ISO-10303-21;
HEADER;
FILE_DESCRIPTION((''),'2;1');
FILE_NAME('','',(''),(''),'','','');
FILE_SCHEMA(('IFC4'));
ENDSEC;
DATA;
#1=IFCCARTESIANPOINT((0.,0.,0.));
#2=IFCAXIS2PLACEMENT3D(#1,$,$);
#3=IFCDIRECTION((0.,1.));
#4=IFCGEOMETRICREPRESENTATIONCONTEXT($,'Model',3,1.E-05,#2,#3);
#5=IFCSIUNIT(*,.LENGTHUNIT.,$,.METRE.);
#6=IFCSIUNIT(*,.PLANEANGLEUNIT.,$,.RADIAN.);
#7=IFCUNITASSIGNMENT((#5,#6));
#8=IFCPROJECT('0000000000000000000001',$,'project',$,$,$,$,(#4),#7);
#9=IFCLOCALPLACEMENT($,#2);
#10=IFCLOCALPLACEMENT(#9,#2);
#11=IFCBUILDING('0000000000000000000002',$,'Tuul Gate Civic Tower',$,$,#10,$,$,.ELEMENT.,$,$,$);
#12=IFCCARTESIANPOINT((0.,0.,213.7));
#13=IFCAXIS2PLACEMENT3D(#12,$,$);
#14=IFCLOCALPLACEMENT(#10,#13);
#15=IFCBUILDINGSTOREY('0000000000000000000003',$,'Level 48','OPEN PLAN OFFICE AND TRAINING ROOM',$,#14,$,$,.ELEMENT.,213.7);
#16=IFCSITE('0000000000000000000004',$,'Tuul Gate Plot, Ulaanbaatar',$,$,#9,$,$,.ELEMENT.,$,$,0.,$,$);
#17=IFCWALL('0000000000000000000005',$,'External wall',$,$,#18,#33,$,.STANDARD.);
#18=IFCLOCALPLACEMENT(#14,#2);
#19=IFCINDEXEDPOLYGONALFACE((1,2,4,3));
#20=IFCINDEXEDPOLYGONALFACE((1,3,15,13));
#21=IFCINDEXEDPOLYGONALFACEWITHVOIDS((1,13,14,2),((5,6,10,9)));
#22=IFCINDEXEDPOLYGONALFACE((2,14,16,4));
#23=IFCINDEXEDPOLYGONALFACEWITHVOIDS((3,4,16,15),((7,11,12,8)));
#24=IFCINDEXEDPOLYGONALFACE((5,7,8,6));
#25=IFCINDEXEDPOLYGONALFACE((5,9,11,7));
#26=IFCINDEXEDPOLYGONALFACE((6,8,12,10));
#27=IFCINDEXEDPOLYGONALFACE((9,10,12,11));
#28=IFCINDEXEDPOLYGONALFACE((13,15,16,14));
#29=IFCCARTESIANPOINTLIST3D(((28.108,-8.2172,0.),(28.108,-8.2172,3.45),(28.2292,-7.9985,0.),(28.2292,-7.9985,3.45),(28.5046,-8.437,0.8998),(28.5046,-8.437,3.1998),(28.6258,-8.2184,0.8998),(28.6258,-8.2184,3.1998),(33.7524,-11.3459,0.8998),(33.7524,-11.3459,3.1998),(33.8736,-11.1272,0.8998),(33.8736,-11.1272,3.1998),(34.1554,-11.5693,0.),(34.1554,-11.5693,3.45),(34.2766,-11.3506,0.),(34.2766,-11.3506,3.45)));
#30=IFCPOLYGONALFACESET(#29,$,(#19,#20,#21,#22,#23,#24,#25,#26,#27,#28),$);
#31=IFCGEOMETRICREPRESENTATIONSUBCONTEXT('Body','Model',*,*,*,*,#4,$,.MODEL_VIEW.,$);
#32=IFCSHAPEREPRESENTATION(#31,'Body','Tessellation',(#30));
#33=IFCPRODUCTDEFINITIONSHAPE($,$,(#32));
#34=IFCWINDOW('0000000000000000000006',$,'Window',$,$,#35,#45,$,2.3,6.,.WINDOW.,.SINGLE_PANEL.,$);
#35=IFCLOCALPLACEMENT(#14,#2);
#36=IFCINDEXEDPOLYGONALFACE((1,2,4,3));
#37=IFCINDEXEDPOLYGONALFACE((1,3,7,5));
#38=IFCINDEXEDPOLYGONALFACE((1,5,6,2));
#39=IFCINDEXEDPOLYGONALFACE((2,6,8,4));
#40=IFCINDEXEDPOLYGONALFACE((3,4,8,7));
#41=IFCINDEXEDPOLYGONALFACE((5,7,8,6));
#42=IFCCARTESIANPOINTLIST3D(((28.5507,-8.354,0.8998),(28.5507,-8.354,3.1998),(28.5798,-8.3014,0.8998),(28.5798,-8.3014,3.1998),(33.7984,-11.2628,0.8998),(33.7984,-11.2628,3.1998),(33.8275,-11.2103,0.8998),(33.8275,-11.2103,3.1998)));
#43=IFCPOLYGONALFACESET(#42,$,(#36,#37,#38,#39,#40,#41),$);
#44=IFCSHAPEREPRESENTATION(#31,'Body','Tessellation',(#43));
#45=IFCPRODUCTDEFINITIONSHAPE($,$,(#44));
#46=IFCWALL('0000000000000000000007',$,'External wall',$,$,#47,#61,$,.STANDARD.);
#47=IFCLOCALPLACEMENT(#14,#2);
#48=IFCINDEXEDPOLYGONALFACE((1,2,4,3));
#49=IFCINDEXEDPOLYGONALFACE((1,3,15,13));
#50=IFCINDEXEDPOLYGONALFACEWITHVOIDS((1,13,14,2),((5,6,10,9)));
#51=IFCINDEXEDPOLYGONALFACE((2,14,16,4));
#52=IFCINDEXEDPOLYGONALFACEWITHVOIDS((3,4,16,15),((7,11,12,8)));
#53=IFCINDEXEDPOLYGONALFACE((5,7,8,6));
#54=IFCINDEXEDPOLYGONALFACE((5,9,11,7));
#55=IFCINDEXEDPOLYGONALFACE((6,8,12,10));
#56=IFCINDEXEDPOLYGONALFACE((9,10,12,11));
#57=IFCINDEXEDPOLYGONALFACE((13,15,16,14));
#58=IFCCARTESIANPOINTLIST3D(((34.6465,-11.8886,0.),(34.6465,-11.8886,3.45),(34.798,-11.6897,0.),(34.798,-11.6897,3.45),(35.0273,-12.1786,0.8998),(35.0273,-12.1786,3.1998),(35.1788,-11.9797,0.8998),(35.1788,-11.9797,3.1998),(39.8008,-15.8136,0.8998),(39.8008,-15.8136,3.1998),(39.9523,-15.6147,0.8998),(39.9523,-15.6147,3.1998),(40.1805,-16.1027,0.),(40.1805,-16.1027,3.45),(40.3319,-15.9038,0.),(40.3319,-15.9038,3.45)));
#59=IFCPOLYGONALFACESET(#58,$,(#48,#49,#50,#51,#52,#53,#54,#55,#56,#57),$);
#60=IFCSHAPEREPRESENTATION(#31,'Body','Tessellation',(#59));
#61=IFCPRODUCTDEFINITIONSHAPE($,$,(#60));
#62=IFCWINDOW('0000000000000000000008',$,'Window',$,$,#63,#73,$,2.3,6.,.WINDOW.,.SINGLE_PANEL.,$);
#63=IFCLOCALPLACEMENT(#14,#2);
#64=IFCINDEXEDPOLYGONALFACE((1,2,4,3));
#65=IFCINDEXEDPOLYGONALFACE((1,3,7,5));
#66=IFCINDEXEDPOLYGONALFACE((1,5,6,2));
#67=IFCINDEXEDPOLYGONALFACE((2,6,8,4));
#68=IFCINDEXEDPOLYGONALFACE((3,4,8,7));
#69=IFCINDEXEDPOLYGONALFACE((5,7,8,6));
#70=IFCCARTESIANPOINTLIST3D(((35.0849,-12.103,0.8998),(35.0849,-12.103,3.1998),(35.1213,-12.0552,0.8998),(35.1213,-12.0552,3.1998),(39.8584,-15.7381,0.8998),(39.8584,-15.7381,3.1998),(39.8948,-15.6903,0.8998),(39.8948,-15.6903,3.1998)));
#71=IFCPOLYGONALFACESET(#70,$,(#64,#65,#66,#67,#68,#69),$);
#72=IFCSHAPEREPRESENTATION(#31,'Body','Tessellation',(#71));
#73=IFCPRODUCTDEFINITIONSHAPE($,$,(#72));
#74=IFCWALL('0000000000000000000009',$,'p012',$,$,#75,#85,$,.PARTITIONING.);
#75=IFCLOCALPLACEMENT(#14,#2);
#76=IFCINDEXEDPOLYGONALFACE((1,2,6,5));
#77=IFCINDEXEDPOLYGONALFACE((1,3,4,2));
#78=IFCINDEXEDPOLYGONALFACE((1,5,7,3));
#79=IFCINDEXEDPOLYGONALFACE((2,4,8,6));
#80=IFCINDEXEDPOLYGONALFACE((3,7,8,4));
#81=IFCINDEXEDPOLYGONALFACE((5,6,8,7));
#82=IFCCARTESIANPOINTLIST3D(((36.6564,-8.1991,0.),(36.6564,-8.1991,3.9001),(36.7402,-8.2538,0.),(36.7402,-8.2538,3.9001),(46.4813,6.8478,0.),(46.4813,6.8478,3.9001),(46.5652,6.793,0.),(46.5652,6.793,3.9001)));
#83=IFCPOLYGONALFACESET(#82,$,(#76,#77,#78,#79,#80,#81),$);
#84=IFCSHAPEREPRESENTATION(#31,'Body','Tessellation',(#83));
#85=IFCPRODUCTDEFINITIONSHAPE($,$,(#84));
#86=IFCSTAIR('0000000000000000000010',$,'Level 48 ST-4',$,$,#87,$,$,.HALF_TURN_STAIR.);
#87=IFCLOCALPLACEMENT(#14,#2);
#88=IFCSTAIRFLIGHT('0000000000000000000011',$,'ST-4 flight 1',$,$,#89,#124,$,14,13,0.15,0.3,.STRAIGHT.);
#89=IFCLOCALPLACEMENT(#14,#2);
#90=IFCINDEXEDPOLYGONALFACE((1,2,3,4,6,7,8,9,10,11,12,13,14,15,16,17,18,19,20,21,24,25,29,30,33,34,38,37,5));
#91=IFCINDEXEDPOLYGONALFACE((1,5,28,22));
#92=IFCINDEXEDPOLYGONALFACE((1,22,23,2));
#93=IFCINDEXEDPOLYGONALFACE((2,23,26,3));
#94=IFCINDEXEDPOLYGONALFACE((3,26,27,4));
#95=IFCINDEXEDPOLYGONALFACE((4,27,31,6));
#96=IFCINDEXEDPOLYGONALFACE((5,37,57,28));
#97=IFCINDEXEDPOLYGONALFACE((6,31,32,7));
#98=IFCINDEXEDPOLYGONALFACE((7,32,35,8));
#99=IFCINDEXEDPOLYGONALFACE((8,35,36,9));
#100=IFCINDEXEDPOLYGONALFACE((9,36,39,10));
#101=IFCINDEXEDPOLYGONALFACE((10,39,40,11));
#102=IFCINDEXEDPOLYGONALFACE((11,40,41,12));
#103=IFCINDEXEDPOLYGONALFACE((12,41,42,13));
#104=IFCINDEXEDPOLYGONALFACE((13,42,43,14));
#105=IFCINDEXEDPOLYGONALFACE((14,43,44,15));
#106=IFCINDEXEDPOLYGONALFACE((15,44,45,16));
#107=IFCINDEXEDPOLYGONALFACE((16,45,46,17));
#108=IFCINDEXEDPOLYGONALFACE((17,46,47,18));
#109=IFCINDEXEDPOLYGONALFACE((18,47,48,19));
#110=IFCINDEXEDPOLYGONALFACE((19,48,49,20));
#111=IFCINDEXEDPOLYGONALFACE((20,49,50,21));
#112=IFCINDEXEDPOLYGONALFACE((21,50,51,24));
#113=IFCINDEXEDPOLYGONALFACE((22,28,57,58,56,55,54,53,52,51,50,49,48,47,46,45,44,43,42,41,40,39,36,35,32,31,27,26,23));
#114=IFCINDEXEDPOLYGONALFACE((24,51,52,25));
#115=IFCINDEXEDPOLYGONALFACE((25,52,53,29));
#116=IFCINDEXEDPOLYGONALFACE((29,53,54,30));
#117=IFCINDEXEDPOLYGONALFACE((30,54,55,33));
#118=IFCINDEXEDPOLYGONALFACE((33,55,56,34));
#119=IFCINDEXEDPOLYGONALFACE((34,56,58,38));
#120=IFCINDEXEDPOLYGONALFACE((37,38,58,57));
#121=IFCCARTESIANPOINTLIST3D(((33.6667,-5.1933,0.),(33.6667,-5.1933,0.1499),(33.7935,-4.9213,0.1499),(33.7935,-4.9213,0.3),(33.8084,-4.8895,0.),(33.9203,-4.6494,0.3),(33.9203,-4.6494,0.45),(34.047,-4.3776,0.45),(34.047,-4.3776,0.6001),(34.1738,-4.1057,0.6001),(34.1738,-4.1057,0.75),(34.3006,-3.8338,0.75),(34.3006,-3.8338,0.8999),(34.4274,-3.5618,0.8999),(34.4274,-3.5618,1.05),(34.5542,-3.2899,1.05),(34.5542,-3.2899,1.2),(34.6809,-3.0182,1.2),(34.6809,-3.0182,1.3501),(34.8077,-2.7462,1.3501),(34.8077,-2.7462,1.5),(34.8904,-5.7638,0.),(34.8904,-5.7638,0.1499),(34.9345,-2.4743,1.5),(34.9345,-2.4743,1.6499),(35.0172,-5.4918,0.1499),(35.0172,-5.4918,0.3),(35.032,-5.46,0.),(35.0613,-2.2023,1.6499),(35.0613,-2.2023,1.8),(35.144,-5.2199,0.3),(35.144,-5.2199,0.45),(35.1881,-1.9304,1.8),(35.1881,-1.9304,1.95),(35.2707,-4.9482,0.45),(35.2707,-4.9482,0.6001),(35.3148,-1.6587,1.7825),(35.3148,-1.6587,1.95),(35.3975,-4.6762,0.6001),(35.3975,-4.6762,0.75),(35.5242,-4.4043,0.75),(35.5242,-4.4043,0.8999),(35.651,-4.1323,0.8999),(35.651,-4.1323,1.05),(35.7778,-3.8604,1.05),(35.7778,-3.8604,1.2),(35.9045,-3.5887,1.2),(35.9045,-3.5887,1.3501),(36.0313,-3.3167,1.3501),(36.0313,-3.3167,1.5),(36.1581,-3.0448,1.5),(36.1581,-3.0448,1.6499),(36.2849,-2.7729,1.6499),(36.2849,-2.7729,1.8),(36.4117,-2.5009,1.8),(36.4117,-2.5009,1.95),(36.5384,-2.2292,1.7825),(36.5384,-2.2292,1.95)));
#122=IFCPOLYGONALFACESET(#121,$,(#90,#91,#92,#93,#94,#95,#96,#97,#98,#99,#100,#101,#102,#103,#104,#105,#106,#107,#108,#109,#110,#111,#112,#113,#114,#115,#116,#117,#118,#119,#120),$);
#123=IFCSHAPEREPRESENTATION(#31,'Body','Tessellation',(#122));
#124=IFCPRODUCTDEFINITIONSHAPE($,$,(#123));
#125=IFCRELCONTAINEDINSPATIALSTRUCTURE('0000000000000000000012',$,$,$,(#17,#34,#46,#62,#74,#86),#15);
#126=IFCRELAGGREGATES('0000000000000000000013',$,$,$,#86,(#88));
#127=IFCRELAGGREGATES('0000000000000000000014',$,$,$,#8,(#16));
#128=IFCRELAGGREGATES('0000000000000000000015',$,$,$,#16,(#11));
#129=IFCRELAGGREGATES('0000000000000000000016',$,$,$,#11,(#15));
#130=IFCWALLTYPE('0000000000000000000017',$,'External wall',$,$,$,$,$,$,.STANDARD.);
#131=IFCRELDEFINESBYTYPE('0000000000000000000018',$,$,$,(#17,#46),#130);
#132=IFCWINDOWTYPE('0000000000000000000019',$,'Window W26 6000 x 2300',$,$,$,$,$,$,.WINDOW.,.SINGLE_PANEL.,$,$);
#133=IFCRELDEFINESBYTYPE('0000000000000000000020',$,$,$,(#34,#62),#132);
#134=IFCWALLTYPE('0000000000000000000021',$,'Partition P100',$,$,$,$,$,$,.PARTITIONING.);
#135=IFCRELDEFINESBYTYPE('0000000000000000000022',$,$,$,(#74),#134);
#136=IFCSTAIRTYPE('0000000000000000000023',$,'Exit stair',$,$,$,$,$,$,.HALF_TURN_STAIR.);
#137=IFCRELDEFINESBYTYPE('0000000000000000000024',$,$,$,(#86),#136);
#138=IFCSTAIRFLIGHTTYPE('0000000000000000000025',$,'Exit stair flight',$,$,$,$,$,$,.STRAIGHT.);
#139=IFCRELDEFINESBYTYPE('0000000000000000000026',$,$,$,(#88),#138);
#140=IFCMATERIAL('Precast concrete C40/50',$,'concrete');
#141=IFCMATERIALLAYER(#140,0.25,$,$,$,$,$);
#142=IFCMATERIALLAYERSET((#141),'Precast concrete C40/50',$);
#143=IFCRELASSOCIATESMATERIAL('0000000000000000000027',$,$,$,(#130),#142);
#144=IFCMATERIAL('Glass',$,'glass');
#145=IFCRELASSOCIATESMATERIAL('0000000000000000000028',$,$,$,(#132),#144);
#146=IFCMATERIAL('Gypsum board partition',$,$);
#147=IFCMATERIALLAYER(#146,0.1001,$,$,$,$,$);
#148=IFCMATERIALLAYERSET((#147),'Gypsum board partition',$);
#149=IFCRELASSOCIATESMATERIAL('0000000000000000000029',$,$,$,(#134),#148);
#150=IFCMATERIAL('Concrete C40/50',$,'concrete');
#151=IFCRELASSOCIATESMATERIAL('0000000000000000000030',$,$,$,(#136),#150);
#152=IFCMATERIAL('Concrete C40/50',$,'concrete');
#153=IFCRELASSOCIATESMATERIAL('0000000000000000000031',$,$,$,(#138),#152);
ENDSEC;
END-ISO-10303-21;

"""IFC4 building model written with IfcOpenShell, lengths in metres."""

from ifc_helpers import new_model, si_unit, direction, frame, frame_2d, origin, place, context, subcontext, project, spatial, polyline, rectangle, outline, extrude, material, layer, layer_set, type_object, element, fill, aggregate, save


model = new_model("IFC4")

# Units and contexts
model_context = context("Model", 3, precision=1e-05, world=origin(), true_north=direction((0.0, 1.0)))
body_context = subcontext(model_context, "Body", "Model", "MODEL_VIEW")
ifc_project = project(units=[si_unit("LENGTHUNIT", "METRE"), si_unit("PLANEANGLEUNIT", "RADIAN")], contexts=[model_context])

# Site, building, storey
site_placement = place(None, origin())
site = spatial("IfcSite", under=ifc_project, at=site_placement, Name="Tuul Gate Plot, Ulaanbaatar", CompositionType="ELEMENT", RefElevation=0.0)
building_placement = place(site_placement, origin())
building = spatial("IfcBuilding", under=site, at=building_placement, Name="Tuul Gate Civic Tower", CompositionType="ELEMENT")
storey_placement = place(building_placement, frame((0.0, 0.0, 213.7)))
storey = spatial("IfcBuildingStorey", under=building, at=storey_placement, Name="Level 48", Description="OPEN PLAN OFFICE AND TRAINING ROOM", CompositionType="ELEMENT", Elevation=213.7)

# Walls, openings, windows
ifc_material_1 = material(Name="Precast concrete C40/50", Category="concrete")
ifc_layer_1 = layer(ifc_material_1, 0.25)
ifc_layer_set_1 = layer_set([ifc_layer_1], Name="Precast concrete C40/50")
wall_type_1 = type_object("IfcWallType", Name="External wall", PredefinedType="STANDARD", material=ifc_layer_set_1)
wall_1_placement = place(storey_placement, frame((28.1687, -8.1079, 0.0), z_axis=(0.0, 0.0, 1.0), x_axis=(0.874623, -0.484803, 0.0)))
wall_1 = element("IfcWall", 1, at=wall_1_placement, inside=storey, type_object=wall_type_1, Name="External wall", PredefinedType="STANDARD", context=body_context, shape_type="SweptSolid", body=[
    extrude(rectangle(XDim=6.9143, YDim=0.25, at=frame_2d((3.457, 0.0))), origin(), (0.0, 0.0, 1.0), 3.45),
])
opening_1_placement = place(wall_1_placement, frame((0.4534, 0.0, 0.8999)))
opening_1 = element("IfcOpeningElement", 2, at=opening_1_placement, cuts=wall_1, PredefinedType="OPENING", context=body_context, shape_type="SweptSolid", body=[
    extrude(rectangle(XDim=6.0, YDim=2.3, at=frame_2d((3.0, 1.1499))), frame((0.0, 0.135, 0.0), z_axis=(0.0, -1.0, 0.0), x_axis=(1.0, 0.0, 0.0)), (0.0, 0.0, 1.0), 0.27),
])
ifc_material_2 = material(Name="Glass", Category="glass")
window_type = type_object("IfcWindowType", Name="Window W26 6000 x 2300", PartitioningType="SINGLE_PANEL", PredefinedType="WINDOW", material=ifc_material_2)
window_1_placement = place(opening_1_placement, origin())
window_1 = element("IfcWindow", 3, at=window_1_placement, inside=storey, type_object=window_type, Name="Window", OverallHeight=2.3, OverallWidth=6.0, PartitioningType="SINGLE_PANEL", PredefinedType="WINDOW", context=body_context, shape_type="SweptSolid", body=[
    extrude(rectangle(XDim=6.0, YDim=2.3, at=frame_2d((3.0, 1.1499))), frame((0.0, 0.03, 0.0), z_axis=(0.0, -1.0, 0.0), x_axis=(1.0, 0.0, 0.0)), (0.0, 0.0, 1.0), 0.0601),
])
fill(opening_1, window_1)
wall_2_placement = place(storey_placement, frame((34.7222, -11.7891, 0.0), z_axis=(0.0, 0.0, 1.0), x_axis=(0.795586, -0.605841, 0.0)))
wall_2 = element("IfcWall", 4, at=wall_2_placement, inside=storey, type_object=wall_type_1, Name="External wall", PredefinedType="STANDARD", context=body_context, shape_type="SweptSolid", body=[
    extrude(rectangle(XDim=6.9558, YDim=0.25, at=frame_2d((3.478, 0.0))), origin(), (0.0, 0.0, 1.0), 3.45),
])
opening_2_placement = place(wall_2_placement, frame((0.4788, 0.0, 0.8999)))
opening_2 = element("IfcOpeningElement", 5, at=opening_2_placement, cuts=wall_2, PredefinedType="OPENING", context=body_context, shape_type="SweptSolid", body=[
    extrude(rectangle(XDim=6.0, YDim=2.3, at=frame_2d((3.0, 1.1499))), frame((0.0, 0.135, 0.0), z_axis=(0.0, -1.0, 0.0), x_axis=(1.0, 0.0, 0.0)), (0.0, 0.0, 1.0), 0.27),
])
window_2_placement = place(opening_2_placement, origin())
window_2 = element("IfcWindow", 6, at=window_2_placement, inside=storey, type_object=window_type, Name="Window", OverallHeight=2.3, OverallWidth=6.0, PartitioningType="SINGLE_PANEL", PredefinedType="WINDOW", context=body_context, shape_type="SweptSolid", body=[
    extrude(rectangle(XDim=6.0, YDim=2.3, at=frame_2d((3.0, 1.1499))), frame((0.0, 0.03, 0.0), z_axis=(0.0, -1.0, 0.0), x_axis=(1.0, 0.0, 0.0)), (0.0, 0.0, 1.0), 0.0601),
])
fill(opening_2, window_2)

# Wall
ifc_material_3 = material(Name="Gypsum board partition")
ifc_layer_2 = layer(ifc_material_3, 0.1001)
ifc_layer_set_2 = layer_set([ifc_layer_2], Name="Gypsum board partition")
wall_type_2 = type_object("IfcWallType", Name="Partition P100", PredefinedType="PARTITIONING", material=ifc_layer_set_2)
wall_3_placement = place(storey_placement, frame((36.6982, -8.2266, 0.0), z_axis=(0.0, 0.0, 1.0), x_axis=(0.546727, 0.837311, 0.0)))
element("IfcWall", 7, at=wall_3_placement, inside=storey, type_object=wall_type_2, Name="p012", PredefinedType="PARTITIONING", context=body_context, shape_type="SweptSolid", body=[
    extrude(rectangle(XDim=17.9705, YDim=0.1001, at=frame_2d((8.9854, 0.0))), origin(), (0.0, 0.0, 1.0), 3.9001),
])

# Stair, stair flight
ifc_material_4 = material(Name="Concrete C40/50", Category="concrete")
stair_type = type_object("IfcStairType", Name="Exit stair", PredefinedType="HALF_TURN_STAIR", material=ifc_material_4)
stair_placement = place(storey_placement, origin())
stair = element("IfcStair", 8, at=stair_placement, inside=storey, type_object=stair_type, Name="Level 48 ST-4", PredefinedType="HALF_TURN_STAIR")
ifc_material_5 = material(Name="Concrete C40/50", Category="concrete")
stair_flight_type = type_object("IfcStairFlightType", Name="Exit stair flight", PredefinedType="STRAIGHT", material=ifc_material_5)
stair_flight_placement = place(storey_placement, frame((34.2786, -5.4785, 0.0), z_axis=(0.0, 0.0, 1.0), x_axis=(0.422576, 0.906327, 0.0)))
stair_flight = element("IfcStairFlight", 9, at=stair_flight_placement, type_object=stair_flight_type, Name="ST-4 flight 1", NumberOfRisers=14, NumberOfTreads=13, PredefinedType="STRAIGHT", RiserHeight=0.15, TreadLength=0.3, context=body_context, shape_type="SweptSolid", body=[
    extrude(outline(polyline([(0.0, 0.0), (0.0, 0.1499), (0.3, 0.1499), (0.3, 0.3), (0.6001, 0.3), (0.6001, 0.45), (0.8999, 0.45), (0.8999, 0.6001), (1.2, 0.6001), (1.2, 0.75), (1.5, 0.75), (1.5, 0.8999), (1.8, 0.8999), (1.8, 1.05), (2.1001, 1.05), (2.1001, 1.2), (2.3999, 1.2), (2.3999, 1.3501), (2.7, 1.3501), (2.7, 1.5), (3.0, 1.5), (3.0, 1.6499), (3.3, 1.6499), (3.3, 1.8), (3.6001, 1.8), (3.6001, 1.95), (3.8999, 1.95), (3.8999, 2.1001), (3.8999, 1.7825), (0.3352, 0.0), (0.0, 0.0)])), frame((0.0, 0.675, 0.0), z_axis=(0.0, -1.0, 0.0), x_axis=(1.0, 0.0, 0.0)), (0.0, 0.0, 1.0), 1.3501),
])
aggregate(stair, [stair_flight])

save(model, "model.ifc")
